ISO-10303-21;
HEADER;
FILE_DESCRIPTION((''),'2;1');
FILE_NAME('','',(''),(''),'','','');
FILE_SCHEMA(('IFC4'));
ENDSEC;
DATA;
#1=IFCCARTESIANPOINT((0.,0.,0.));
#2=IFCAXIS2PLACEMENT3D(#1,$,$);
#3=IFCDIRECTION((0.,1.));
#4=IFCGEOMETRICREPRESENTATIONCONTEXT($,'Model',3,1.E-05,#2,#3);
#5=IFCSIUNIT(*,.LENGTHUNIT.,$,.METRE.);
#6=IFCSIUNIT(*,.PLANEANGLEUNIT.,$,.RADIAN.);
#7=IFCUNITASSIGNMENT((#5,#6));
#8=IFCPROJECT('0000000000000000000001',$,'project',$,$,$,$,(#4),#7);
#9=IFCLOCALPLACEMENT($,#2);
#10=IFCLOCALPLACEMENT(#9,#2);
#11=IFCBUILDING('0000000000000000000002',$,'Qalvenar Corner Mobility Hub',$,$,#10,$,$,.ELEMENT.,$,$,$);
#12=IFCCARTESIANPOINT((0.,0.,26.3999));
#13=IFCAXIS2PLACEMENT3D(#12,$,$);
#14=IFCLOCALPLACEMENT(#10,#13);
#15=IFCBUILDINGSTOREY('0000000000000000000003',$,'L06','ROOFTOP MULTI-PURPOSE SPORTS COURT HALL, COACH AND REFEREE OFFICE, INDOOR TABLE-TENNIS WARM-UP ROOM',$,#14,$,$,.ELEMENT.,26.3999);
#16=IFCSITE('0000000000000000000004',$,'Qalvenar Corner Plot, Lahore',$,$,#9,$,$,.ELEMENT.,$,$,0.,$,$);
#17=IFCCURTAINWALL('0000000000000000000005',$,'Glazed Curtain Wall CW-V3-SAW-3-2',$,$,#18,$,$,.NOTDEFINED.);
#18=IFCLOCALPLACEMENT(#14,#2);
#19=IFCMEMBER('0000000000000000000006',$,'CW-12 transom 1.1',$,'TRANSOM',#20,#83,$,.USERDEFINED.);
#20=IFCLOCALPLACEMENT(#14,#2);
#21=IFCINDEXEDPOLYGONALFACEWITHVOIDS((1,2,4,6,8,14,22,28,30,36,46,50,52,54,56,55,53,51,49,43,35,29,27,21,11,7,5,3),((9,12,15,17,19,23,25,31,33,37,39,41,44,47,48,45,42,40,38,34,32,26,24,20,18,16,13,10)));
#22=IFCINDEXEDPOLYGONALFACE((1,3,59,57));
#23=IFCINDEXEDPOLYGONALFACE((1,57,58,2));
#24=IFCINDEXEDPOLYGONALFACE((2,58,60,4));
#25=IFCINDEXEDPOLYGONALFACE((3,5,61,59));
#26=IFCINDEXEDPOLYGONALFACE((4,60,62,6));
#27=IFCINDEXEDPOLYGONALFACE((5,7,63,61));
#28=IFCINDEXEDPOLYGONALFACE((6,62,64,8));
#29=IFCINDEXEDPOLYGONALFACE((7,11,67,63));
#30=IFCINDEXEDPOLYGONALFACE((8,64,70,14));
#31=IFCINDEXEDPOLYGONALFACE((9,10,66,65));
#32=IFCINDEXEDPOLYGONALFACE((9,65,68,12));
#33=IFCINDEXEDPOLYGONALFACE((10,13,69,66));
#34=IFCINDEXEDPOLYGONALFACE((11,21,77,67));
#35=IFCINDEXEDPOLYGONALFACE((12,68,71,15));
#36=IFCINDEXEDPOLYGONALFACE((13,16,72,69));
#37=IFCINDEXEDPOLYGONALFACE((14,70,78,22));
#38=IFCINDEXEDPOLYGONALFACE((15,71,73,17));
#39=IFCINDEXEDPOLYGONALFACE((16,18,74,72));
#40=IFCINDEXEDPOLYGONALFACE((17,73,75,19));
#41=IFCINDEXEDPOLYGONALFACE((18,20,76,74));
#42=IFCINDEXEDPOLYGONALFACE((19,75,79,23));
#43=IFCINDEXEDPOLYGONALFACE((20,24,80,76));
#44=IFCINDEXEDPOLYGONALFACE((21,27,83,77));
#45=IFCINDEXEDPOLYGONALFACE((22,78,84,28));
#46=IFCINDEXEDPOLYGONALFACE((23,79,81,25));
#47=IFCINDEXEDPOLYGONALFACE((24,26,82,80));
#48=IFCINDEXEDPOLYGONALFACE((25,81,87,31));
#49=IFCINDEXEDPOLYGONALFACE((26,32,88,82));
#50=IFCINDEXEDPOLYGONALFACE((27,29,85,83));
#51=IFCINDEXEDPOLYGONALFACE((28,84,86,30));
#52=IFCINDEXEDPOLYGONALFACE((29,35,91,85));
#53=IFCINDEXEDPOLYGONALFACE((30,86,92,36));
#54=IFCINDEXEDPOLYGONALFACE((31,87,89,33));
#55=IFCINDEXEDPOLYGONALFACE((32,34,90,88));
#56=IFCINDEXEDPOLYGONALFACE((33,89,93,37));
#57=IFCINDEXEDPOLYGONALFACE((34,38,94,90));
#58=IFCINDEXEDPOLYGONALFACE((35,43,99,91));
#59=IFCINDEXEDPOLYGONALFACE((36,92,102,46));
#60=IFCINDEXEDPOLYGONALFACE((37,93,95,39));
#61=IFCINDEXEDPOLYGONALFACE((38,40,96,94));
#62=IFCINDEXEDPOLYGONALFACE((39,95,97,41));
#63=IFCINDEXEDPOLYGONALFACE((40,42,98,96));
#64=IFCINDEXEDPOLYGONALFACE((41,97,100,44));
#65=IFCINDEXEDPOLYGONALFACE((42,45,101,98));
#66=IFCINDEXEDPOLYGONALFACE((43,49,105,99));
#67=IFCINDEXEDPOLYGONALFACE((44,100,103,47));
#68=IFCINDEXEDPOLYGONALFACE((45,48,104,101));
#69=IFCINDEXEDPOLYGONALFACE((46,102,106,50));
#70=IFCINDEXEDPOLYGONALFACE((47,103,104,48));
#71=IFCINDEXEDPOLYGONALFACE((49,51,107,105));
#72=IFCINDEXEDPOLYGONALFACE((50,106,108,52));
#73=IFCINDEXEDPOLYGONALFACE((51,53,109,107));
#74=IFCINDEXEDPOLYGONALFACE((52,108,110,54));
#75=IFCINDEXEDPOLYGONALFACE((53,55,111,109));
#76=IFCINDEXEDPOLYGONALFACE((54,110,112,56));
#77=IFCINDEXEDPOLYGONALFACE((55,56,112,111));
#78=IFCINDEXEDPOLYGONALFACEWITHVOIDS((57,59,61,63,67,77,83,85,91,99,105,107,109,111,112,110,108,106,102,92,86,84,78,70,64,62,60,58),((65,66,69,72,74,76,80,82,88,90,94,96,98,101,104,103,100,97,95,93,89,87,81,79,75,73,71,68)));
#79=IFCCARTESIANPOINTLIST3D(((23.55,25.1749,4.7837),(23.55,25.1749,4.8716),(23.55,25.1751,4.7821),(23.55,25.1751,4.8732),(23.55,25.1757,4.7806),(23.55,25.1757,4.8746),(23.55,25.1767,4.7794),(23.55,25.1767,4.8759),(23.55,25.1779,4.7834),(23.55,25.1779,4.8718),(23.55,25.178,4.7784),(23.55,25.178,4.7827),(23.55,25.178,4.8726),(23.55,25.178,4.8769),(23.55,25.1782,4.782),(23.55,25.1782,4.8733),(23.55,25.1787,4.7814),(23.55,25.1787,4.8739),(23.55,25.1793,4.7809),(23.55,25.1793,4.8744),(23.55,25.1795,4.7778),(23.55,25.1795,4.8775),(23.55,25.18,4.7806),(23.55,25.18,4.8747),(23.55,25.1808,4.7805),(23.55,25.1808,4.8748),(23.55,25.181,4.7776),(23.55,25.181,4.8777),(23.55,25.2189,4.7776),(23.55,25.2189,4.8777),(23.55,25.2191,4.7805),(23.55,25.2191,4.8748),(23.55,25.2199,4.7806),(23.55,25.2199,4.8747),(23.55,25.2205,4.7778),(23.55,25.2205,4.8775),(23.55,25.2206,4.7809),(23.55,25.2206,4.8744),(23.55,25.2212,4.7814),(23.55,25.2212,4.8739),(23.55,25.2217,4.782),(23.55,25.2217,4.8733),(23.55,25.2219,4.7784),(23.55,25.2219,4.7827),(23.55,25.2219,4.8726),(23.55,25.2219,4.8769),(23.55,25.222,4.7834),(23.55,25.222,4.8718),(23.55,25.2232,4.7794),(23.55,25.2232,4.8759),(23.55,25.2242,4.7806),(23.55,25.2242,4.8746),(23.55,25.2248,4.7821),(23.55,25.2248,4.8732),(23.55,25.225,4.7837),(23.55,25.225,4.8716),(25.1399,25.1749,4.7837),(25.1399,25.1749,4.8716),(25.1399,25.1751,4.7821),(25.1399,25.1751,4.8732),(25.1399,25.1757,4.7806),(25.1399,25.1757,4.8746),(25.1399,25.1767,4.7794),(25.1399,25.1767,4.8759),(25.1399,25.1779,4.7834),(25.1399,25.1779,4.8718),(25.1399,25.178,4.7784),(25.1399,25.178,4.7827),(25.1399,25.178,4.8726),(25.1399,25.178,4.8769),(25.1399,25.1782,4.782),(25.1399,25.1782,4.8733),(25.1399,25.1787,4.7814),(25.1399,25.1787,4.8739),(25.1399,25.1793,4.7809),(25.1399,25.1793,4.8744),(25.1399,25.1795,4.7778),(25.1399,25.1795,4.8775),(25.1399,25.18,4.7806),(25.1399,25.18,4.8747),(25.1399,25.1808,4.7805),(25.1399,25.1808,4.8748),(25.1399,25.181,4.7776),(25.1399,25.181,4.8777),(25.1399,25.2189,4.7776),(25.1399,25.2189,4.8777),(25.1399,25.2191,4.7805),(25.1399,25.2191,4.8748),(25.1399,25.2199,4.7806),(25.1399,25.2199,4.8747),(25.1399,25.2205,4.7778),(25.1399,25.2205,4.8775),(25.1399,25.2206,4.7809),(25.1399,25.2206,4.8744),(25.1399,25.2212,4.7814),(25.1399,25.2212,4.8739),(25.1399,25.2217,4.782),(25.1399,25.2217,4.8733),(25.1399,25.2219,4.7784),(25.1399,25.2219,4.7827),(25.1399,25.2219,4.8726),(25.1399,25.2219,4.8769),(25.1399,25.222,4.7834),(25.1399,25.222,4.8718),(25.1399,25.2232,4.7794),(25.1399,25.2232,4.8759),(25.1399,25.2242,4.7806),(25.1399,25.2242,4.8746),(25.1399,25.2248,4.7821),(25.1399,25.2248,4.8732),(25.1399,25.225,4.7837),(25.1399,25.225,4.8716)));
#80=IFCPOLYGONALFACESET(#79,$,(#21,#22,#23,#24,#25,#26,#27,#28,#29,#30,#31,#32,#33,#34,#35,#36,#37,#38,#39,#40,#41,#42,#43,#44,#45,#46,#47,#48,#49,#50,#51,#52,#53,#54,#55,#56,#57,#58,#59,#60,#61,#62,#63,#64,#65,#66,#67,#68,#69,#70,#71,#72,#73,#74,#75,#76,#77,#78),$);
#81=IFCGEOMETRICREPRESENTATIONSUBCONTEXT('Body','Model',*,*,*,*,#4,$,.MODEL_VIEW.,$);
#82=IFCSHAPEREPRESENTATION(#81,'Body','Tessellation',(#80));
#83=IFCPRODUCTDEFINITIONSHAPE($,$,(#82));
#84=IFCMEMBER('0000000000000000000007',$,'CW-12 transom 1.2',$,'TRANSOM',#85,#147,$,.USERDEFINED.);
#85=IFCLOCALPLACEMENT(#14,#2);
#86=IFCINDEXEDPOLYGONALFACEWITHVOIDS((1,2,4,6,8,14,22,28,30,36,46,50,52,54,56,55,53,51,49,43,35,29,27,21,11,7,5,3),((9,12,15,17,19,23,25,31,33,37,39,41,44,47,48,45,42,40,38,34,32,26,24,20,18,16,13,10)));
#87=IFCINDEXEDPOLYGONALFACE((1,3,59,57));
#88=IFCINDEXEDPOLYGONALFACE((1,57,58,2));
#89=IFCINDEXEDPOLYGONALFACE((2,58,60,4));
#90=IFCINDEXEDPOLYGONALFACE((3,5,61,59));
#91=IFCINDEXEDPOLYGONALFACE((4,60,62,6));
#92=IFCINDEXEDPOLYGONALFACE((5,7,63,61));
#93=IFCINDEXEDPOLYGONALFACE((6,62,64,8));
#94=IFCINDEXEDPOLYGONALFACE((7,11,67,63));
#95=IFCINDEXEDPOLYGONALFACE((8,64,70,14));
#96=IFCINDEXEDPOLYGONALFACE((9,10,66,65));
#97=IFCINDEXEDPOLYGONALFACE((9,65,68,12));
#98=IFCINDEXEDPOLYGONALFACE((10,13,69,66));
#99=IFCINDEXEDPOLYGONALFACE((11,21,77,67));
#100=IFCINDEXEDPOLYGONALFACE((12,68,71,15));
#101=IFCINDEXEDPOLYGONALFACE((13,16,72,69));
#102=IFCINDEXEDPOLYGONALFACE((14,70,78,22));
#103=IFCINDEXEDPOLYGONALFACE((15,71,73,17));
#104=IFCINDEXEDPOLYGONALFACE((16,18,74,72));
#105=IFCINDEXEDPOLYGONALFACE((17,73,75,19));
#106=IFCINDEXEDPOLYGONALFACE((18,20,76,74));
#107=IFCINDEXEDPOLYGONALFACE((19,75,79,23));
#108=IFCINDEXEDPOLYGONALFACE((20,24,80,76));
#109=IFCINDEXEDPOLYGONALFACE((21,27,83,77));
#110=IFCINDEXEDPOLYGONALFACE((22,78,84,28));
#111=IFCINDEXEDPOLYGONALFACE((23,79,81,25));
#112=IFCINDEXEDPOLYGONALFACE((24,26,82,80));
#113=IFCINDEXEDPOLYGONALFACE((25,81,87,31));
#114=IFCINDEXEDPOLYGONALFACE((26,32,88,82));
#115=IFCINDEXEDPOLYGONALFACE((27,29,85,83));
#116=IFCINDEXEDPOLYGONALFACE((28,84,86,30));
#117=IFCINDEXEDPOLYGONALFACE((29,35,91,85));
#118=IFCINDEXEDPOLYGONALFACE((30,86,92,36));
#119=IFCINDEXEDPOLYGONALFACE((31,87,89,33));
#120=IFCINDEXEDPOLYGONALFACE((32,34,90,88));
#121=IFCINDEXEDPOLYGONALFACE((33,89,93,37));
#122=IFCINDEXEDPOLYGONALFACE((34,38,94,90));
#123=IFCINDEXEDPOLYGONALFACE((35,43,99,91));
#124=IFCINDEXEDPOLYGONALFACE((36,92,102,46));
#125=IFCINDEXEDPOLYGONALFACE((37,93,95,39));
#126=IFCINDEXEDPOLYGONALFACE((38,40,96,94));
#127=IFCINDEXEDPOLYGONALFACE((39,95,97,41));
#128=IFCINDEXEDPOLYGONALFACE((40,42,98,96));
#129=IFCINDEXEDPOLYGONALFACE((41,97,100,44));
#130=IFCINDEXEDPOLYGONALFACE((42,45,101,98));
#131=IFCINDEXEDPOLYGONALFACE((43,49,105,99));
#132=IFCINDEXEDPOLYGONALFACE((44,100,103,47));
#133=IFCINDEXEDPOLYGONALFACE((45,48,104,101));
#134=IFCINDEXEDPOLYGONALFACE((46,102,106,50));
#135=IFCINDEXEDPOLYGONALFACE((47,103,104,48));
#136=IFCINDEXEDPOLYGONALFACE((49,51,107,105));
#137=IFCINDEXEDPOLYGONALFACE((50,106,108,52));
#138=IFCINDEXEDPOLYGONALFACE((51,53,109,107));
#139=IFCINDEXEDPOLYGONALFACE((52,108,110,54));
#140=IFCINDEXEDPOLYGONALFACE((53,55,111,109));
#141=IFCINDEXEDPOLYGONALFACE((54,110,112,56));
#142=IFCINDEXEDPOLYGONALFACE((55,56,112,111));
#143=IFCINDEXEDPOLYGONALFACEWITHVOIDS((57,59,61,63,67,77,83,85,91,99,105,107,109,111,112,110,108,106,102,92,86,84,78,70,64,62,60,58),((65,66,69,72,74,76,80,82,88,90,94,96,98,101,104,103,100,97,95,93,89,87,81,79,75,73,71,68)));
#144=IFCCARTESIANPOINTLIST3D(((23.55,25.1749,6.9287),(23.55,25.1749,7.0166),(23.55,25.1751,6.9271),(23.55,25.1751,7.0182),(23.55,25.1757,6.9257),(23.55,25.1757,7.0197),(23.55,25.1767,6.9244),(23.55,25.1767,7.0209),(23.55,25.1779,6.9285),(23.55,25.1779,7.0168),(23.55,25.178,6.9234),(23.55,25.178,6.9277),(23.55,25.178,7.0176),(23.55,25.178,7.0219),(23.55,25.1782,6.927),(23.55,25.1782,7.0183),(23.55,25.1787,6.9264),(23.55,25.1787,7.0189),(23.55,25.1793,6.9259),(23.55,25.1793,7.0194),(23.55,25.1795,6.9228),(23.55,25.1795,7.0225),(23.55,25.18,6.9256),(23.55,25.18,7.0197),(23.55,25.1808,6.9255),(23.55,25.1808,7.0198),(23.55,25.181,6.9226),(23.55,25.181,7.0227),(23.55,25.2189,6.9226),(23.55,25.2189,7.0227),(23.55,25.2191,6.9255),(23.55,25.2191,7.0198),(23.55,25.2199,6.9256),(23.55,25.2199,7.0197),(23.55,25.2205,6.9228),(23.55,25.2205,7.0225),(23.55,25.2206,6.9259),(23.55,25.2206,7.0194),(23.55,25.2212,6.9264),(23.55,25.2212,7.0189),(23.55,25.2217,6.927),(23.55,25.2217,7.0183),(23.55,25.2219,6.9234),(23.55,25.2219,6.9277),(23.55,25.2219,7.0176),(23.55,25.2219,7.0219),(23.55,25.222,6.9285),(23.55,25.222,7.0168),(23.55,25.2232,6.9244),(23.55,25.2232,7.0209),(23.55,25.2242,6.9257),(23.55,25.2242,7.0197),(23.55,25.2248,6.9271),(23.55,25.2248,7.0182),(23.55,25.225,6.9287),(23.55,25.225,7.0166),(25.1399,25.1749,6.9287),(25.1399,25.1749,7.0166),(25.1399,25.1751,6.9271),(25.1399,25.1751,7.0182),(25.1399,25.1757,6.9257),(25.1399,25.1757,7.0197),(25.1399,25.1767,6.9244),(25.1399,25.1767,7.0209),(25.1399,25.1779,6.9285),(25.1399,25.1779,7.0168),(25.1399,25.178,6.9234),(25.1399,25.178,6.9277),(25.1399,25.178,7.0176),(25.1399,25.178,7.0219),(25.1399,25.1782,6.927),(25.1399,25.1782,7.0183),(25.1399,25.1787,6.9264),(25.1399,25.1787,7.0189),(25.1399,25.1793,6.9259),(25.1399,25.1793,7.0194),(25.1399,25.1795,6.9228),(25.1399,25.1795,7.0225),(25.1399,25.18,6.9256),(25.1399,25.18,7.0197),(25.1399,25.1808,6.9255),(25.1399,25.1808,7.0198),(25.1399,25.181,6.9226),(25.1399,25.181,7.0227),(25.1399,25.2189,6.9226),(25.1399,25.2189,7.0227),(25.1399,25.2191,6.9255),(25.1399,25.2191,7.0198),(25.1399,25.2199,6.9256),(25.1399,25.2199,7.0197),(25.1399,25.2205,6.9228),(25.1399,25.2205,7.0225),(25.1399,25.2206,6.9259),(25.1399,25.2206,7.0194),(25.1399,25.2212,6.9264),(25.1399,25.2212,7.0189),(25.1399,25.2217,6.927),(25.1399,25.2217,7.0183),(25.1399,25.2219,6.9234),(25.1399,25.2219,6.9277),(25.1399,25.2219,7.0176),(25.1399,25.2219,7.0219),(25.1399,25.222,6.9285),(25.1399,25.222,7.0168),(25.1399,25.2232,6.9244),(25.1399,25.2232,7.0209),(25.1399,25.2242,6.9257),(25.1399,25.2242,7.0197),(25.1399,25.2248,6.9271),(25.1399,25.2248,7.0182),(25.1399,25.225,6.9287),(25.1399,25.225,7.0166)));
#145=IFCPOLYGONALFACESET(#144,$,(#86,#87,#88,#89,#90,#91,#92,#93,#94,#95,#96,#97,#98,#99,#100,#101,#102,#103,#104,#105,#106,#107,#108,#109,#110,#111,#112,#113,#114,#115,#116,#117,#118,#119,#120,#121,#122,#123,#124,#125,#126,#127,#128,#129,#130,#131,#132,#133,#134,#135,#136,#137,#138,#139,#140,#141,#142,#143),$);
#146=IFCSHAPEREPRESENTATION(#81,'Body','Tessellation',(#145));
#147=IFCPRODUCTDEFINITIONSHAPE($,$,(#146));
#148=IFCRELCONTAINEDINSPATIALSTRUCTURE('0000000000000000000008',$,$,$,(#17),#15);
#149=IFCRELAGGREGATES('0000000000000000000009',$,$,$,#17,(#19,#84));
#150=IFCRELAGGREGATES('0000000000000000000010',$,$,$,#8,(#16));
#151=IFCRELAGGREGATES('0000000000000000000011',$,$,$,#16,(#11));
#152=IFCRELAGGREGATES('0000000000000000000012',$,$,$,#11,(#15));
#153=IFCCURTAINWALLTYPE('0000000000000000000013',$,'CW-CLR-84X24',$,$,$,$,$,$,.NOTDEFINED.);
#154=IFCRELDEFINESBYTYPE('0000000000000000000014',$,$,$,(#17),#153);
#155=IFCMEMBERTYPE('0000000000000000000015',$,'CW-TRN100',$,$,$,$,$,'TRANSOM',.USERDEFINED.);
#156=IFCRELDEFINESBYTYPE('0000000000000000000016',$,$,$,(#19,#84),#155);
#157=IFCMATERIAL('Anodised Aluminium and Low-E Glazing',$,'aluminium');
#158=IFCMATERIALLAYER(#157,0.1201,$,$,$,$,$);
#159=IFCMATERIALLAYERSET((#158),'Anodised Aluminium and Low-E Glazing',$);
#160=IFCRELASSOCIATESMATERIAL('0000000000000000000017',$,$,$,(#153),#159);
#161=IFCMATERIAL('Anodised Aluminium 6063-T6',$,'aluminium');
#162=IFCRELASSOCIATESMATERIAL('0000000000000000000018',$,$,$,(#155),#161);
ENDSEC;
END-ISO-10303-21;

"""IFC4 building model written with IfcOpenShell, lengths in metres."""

from ifc_helpers import new_model, si_unit, direction, frame, origin, origin_2d, place, context, subcontext, project, spatial, hollow_rectangle, extrude, material, layer, layer_set, material_profile, profile_set, type_object, element, aggregate, save


model = new_model("IFC4")

# Units and contexts
model_context = context("Model", 3, precision=1e-05, world=origin(), true_north=direction((0.0, 1.0)))
body_context = subcontext(model_context, "Body", "Model", "MODEL_VIEW")
ifc_project = project(units=[si_unit("LENGTHUNIT", "METRE"), si_unit("PLANEANGLEUNIT", "RADIAN")], contexts=[model_context])

# Site, building, storey
site_placement = place(None, origin())
site = spatial("IfcSite", under=ifc_project, at=site_placement, Name="Qalvenar Corner Plot, Lahore", CompositionType="ELEMENT", RefElevation=0.0)
building_placement = place(site_placement, origin())
building = spatial("IfcBuilding", under=site, at=building_placement, Name="Qalvenar Corner Mobility Hub", CompositionType="ELEMENT")
storey_placement = place(building_placement, frame((0.0, 0.0, 26.3999)))
storey = spatial("IfcBuildingStorey", under=building, at=storey_placement, Name="L06", Description="ROOFTOP MULTI-PURPOSE SPORTS COURT HALL, COACH AND REFEREE OFFICE, INDOOR TABLE-TENNIS WARM-UP ROOM", CompositionType="ELEMENT", Elevation=26.3999)

# Curtain wall
ifc_material_1 = material(Name="Anodised Aluminium and Low-E Glazing", Category="aluminium")
ifc_layer_1 = layer(ifc_material_1, 0.1201)
ifc_layer_set_1 = layer_set([ifc_layer_1], Name="Anodised Aluminium and Low-E Glazing")
curtain_wall_type = type_object("IfcCurtainWallType", Name="CW-CLR-84X24", PredefinedType="NOTDEFINED", material=ifc_layer_set_1)
curtain_wall_1_placement = place(storey_placement, origin())
curtain_wall_1 = element("IfcCurtainWall", 1, at=curtain_wall_1_placement, inside=storey, type_object=curtain_wall_type, Name="Glazed Curtain Wall CW-V3-SAW-3-2", PredefinedType="NOTDEFINED")
ifc_material_2 = material(Name="Anodised Aluminium 6063-T6", Category="aluminium")

# Members
ifc_material_profile_1 = material_profile(ifc_material_2, hollow_rectangle(XDim=0.05, YDim=0.1001, WallThickness=0.0029, InnerFilletRadius=0.0029, OuterFilletRadius=0.0061, at=origin_2d()), Name="RHS100x50x3")
ifc_profile_set_1 = profile_set([ifc_material_profile_1], Name="Anodised Aluminium 6063-T6")
member_type_1 = type_object("IfcMemberType", Name="CW-TRN100", ElementType="TRANSOM", PredefinedType="USERDEFINED", material=ifc_profile_set_1)
member_1_placement = place(storey_placement, frame((25.1399, 25.2, 4.8276), z_axis=(-1.0, 0.0, 0.0), x_axis=(0.0, -1.0, 0.0)))
member_1 = element("IfcMember", 2, at=member_1_placement, type_object=member_type_1, Name="CW-12 transom 1.1", ObjectType="TRANSOM", PredefinedType="USERDEFINED", context=body_context, shape_type="SweptSolid", body=[
    extrude(hollow_rectangle(XDim=0.05, YDim=0.1001, WallThickness=0.0029, InnerFilletRadius=0.0029, OuterFilletRadius=0.0061, at=origin_2d()), origin(), (0.0, 0.0, 1.0), 1.5898),
])
member_2_placement = place(storey_placement, frame((25.1399, 25.2, 6.9727), z_axis=(-1.0, 0.0, 0.0), x_axis=(0.0, -1.0, 0.0)))
member_2 = element("IfcMember", 3, at=member_2_placement, type_object=member_type_1, Name="CW-12 transom 1.2", ObjectType="TRANSOM", PredefinedType="USERDEFINED", context=body_context, shape_type="SweptSolid", body=[
    extrude(hollow_rectangle(XDim=0.05, YDim=0.1001, WallThickness=0.0029, InnerFilletRadius=0.0029, OuterFilletRadius=0.0061, at=origin_2d()), origin(), (0.0, 0.0, 1.0), 1.5898),
])

aggregate(curtain_wall_1, [member_1, member_2])

save(model, "model.ifc")
